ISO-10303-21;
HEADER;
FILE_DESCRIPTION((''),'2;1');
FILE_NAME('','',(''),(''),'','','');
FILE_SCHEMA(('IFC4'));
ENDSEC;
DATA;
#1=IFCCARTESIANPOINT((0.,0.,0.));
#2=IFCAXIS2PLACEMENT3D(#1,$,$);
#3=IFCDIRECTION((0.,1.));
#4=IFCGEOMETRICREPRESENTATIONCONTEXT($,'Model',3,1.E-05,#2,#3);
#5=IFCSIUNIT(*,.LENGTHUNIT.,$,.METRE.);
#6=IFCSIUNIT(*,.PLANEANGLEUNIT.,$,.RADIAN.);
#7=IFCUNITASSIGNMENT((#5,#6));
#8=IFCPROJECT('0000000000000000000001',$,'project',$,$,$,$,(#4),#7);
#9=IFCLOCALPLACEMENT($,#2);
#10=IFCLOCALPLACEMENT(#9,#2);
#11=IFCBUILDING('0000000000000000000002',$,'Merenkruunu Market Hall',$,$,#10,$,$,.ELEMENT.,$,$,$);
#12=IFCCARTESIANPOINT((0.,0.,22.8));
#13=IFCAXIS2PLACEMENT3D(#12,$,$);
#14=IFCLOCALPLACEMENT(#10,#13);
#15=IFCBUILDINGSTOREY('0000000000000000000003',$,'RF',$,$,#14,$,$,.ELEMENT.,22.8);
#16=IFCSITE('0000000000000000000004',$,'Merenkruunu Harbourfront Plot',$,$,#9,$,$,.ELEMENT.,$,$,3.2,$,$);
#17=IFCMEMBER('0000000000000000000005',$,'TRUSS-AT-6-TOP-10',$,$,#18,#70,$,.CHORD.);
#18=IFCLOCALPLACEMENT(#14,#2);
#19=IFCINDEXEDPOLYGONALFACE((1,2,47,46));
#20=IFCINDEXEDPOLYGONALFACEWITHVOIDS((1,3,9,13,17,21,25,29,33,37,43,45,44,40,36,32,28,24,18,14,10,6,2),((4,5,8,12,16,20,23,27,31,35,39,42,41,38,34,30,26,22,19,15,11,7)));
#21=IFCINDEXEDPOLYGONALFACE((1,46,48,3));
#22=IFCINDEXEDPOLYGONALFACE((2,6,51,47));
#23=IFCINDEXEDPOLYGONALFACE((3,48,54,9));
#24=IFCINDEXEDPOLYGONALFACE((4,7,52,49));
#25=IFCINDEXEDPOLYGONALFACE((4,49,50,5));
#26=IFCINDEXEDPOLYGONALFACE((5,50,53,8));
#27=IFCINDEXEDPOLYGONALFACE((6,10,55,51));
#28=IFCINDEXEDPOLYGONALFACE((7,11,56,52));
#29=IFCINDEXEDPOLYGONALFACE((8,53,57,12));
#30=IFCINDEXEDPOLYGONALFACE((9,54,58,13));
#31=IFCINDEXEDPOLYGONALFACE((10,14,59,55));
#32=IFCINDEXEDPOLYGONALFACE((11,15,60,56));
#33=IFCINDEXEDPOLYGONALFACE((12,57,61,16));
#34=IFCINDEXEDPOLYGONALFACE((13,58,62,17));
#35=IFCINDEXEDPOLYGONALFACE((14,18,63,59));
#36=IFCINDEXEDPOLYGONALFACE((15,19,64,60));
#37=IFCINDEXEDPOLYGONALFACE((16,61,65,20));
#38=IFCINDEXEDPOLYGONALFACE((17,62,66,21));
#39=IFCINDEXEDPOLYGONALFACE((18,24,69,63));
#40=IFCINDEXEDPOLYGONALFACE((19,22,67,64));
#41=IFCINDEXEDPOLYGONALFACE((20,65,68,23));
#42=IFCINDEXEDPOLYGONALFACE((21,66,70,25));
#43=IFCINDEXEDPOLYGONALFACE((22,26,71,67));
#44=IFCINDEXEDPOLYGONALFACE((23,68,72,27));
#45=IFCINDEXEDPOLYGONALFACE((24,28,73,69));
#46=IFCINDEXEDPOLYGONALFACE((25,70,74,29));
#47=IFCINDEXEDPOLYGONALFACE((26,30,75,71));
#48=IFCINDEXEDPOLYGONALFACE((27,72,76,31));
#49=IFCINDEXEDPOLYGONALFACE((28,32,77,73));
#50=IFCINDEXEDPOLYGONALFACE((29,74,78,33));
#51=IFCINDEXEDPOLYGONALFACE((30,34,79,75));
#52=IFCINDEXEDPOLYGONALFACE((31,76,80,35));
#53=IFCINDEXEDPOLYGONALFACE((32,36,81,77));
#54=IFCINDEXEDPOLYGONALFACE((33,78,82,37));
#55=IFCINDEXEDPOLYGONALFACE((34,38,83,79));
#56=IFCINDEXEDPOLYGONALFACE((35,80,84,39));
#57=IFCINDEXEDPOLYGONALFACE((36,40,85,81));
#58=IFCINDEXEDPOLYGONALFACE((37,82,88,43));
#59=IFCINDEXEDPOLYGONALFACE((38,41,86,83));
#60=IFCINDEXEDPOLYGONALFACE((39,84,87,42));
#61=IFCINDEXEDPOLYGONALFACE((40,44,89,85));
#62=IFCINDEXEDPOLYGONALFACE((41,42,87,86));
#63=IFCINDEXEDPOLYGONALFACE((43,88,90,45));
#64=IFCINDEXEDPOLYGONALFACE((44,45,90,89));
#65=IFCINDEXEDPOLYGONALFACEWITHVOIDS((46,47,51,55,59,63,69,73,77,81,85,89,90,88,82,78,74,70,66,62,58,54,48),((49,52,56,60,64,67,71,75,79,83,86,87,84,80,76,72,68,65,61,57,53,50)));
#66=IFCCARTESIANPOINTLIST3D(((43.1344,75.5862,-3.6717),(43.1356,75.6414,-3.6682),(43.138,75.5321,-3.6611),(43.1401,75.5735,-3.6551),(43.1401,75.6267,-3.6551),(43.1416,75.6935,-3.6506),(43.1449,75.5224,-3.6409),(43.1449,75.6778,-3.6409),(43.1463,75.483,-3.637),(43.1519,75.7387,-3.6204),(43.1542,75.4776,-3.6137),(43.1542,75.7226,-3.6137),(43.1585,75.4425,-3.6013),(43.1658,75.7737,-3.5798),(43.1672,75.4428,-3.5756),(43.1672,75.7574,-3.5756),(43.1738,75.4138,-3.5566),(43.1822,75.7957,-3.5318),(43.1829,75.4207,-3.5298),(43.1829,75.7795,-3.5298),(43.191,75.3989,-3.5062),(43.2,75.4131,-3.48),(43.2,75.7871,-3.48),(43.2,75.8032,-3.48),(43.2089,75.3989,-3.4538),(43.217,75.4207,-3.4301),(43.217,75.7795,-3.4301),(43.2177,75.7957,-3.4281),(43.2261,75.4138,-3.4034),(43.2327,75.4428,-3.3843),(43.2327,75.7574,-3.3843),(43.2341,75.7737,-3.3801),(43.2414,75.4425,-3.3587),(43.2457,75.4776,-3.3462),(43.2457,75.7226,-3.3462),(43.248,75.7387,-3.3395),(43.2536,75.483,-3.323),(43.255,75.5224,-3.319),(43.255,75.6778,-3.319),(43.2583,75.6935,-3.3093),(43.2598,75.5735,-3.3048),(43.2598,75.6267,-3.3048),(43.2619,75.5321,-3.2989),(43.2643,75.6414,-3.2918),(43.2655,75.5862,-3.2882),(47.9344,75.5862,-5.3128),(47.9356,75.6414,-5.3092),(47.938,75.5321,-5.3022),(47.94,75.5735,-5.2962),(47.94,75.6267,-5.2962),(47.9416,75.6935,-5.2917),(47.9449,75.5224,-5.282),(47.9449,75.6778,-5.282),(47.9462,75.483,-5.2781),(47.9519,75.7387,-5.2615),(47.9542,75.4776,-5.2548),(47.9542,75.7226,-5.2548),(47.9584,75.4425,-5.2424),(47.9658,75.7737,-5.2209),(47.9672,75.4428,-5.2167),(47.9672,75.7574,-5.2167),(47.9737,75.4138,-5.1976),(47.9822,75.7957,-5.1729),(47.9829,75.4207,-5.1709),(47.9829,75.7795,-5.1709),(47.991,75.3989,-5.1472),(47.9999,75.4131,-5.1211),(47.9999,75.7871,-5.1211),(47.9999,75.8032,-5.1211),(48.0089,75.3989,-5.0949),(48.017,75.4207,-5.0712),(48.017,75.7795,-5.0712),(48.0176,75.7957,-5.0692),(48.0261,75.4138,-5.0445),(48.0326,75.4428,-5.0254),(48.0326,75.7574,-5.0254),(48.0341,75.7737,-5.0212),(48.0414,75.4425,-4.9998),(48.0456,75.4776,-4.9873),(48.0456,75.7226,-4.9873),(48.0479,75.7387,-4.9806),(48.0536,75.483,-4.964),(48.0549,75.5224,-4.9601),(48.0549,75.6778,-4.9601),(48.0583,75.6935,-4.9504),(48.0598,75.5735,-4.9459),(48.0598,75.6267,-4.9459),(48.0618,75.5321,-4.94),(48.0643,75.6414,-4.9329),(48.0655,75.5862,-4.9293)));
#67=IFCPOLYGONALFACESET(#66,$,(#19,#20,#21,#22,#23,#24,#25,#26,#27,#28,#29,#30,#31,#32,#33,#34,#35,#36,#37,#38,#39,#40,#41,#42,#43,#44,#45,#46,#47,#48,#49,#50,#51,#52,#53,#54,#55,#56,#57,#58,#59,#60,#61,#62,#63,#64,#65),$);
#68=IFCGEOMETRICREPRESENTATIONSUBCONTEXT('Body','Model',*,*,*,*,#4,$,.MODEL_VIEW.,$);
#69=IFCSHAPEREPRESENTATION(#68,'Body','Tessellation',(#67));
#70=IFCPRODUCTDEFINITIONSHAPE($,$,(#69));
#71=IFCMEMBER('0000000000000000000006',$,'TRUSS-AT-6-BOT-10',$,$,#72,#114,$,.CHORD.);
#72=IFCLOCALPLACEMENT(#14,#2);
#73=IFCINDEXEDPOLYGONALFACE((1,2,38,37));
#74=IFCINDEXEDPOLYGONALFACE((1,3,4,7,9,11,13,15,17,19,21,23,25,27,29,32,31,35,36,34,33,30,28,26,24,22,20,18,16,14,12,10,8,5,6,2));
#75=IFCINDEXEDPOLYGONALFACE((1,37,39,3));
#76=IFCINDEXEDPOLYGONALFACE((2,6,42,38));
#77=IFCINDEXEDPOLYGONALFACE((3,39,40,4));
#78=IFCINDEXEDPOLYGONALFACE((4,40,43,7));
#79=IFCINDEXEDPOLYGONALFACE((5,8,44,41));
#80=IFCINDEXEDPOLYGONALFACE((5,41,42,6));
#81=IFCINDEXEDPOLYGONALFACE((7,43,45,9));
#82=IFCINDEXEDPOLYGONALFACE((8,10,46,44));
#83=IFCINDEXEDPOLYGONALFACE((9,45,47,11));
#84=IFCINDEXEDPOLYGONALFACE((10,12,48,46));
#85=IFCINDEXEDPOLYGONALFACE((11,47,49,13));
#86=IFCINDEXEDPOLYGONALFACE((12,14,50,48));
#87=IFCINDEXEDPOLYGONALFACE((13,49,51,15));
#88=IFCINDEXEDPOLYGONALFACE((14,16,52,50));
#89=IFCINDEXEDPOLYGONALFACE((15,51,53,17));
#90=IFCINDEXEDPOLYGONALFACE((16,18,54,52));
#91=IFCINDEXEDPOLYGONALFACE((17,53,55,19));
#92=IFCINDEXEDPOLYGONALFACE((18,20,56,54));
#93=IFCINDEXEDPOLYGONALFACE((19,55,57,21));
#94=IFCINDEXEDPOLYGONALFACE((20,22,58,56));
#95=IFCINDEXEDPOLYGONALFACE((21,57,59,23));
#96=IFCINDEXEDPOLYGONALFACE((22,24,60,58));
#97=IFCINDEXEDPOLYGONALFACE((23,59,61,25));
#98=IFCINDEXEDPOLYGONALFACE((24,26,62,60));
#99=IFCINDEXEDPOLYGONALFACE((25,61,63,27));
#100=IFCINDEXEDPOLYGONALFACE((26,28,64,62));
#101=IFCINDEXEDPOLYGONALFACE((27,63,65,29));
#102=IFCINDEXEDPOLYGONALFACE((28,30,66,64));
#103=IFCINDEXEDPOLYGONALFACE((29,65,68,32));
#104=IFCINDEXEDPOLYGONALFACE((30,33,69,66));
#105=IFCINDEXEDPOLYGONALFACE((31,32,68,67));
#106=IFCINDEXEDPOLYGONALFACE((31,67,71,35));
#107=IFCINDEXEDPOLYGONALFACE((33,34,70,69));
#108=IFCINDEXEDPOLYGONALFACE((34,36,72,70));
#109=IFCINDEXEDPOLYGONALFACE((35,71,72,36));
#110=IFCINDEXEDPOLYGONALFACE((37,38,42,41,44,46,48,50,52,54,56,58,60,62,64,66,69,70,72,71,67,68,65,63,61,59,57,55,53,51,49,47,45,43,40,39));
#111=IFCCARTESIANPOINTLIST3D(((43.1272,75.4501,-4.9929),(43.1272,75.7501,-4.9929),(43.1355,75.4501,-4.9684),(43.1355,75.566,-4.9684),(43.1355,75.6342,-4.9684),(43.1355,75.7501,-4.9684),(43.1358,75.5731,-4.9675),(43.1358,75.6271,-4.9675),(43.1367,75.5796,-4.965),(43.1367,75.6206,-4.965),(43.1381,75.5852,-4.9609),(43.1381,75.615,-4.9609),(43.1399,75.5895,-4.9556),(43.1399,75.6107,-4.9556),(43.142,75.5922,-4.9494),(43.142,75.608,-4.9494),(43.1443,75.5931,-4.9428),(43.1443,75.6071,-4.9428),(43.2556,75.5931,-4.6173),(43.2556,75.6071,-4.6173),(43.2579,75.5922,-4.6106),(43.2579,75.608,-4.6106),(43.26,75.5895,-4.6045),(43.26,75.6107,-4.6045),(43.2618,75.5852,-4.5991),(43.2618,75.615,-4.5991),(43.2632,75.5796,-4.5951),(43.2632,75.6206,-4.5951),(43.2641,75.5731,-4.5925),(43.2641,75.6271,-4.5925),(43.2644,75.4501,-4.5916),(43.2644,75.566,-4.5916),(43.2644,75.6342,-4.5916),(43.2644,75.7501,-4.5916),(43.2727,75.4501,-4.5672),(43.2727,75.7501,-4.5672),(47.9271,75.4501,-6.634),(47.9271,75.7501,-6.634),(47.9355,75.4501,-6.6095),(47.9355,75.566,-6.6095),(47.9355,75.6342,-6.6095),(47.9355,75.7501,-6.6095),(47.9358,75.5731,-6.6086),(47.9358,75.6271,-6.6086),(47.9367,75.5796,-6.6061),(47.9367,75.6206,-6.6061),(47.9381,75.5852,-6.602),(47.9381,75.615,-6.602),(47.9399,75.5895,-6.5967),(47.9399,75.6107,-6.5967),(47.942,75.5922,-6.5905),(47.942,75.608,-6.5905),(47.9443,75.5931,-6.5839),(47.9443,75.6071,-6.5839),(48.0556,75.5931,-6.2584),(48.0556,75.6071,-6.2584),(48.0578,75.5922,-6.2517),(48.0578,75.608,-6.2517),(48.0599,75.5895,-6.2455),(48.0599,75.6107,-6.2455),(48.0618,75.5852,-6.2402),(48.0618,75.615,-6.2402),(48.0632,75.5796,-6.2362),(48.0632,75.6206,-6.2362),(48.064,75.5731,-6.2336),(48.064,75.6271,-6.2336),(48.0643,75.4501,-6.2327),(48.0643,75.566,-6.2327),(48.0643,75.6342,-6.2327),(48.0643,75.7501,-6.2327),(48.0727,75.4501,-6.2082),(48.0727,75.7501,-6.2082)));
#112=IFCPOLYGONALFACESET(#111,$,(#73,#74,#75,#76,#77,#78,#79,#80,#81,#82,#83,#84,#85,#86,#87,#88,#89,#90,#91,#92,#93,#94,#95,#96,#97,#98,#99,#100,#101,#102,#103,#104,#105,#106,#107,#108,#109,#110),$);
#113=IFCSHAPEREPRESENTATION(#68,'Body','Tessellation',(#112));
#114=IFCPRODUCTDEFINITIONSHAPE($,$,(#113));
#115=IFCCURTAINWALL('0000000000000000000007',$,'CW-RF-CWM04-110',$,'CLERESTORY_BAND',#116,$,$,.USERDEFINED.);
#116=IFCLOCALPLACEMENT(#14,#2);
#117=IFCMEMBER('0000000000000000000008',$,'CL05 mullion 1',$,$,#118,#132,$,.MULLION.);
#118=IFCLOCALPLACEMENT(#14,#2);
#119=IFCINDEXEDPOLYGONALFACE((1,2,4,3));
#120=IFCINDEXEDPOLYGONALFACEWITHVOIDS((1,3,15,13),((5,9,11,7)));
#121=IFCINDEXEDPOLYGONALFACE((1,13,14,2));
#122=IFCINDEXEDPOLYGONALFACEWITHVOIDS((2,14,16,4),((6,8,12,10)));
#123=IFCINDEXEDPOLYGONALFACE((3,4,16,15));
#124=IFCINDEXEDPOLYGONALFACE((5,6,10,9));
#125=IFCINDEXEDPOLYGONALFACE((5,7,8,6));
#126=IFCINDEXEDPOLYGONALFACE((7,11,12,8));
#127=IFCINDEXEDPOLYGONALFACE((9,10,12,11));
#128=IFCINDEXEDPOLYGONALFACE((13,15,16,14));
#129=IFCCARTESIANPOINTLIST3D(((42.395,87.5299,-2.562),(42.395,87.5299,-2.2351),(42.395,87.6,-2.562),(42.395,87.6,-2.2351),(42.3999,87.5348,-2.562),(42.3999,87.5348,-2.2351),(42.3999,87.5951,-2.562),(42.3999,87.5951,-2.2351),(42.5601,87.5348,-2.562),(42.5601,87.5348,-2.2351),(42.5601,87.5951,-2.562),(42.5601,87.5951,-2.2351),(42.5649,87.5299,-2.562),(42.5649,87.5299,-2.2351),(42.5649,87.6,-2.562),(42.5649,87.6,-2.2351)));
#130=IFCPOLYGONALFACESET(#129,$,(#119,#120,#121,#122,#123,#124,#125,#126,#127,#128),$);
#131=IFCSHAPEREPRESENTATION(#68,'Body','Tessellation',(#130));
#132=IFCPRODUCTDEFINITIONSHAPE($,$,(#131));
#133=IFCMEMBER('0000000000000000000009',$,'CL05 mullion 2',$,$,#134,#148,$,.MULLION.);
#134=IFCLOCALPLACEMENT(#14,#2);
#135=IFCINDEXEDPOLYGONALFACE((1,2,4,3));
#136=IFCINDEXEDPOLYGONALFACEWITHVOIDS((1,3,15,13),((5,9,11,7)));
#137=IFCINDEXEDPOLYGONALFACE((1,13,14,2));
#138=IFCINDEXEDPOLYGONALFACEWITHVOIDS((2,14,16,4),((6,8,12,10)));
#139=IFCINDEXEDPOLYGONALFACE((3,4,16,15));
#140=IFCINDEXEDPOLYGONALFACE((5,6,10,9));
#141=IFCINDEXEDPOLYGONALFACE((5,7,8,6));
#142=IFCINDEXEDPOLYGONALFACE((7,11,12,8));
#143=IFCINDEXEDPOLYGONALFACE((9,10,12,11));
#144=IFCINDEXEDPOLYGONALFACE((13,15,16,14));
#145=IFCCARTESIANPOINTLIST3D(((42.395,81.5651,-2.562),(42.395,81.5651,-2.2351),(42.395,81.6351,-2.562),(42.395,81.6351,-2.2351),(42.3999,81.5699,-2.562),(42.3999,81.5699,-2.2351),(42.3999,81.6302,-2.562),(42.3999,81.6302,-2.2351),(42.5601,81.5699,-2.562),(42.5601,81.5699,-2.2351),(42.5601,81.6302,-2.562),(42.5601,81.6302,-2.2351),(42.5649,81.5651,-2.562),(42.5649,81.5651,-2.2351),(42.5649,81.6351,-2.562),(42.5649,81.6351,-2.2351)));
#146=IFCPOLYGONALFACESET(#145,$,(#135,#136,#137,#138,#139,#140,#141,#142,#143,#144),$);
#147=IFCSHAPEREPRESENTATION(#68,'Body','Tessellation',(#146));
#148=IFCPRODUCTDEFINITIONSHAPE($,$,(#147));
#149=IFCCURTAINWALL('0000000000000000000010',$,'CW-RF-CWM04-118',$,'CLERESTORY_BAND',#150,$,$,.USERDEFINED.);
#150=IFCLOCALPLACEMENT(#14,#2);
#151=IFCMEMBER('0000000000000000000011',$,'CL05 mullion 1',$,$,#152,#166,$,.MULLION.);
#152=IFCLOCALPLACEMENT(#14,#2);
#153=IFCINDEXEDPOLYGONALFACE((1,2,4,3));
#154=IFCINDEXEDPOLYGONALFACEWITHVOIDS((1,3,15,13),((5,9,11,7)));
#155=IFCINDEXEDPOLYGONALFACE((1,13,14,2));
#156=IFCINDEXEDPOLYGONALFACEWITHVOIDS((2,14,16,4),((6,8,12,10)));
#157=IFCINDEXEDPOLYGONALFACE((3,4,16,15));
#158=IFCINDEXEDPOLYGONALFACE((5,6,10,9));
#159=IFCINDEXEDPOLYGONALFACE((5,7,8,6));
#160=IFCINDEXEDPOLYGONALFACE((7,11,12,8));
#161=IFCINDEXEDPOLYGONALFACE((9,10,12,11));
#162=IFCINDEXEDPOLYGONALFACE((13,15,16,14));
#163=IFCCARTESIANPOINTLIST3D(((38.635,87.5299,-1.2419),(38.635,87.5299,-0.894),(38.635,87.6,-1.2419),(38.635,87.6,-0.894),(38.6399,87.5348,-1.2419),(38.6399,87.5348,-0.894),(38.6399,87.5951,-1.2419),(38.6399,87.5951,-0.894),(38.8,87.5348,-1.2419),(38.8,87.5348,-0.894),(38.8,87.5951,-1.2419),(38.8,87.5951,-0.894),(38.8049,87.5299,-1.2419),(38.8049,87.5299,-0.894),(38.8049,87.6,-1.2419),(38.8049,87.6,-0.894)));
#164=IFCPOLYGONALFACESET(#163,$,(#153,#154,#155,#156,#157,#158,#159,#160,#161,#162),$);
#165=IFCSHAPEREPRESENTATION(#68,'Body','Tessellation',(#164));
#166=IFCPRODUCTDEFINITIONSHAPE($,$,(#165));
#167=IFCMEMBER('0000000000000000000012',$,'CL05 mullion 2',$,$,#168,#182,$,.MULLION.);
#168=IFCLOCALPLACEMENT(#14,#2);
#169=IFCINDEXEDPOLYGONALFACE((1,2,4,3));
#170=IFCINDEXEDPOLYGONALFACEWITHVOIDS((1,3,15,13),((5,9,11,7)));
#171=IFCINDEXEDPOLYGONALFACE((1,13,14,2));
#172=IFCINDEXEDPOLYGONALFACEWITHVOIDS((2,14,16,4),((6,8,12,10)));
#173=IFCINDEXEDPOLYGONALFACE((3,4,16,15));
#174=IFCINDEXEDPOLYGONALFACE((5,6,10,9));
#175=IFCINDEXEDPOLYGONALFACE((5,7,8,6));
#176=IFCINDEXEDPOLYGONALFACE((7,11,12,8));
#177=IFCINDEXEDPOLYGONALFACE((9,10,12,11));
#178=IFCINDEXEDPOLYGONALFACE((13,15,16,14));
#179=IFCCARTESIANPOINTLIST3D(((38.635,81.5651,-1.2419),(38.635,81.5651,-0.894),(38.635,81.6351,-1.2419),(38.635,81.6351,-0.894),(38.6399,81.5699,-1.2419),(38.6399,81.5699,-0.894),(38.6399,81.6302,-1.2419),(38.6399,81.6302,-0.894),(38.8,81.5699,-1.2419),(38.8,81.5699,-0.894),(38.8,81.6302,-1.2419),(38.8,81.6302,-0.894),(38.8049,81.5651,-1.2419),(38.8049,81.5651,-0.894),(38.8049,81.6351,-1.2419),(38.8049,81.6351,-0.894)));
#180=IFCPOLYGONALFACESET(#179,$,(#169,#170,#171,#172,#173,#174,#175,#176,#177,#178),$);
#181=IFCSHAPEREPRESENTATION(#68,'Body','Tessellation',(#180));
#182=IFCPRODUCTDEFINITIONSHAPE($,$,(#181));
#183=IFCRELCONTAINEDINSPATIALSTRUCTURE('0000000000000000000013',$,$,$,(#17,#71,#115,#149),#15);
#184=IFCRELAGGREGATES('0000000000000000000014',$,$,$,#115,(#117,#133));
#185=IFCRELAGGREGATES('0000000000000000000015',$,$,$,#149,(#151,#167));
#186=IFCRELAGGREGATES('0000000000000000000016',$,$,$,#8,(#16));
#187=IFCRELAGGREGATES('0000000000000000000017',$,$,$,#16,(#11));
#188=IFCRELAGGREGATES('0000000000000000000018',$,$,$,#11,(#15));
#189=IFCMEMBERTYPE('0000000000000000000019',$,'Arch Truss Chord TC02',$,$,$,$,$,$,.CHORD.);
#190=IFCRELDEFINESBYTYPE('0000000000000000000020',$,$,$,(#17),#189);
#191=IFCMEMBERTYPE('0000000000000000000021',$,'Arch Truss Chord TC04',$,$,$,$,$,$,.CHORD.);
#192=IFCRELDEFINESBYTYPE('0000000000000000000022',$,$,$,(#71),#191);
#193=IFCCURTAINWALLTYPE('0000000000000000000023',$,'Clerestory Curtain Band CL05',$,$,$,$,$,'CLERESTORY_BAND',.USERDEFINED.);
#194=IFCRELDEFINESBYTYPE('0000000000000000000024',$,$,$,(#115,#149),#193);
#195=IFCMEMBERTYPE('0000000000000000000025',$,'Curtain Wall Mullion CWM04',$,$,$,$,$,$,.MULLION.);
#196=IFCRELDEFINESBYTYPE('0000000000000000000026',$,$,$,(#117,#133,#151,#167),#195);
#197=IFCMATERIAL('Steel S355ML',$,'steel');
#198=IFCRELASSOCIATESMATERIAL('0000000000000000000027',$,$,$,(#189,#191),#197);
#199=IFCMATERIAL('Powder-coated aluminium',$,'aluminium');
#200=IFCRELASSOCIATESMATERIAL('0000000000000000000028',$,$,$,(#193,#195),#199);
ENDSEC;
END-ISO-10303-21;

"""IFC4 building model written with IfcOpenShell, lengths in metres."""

from ifc_helpers import new_model, si_unit, direction, frame, origin, origin_2d, place, context, subcontext, project, spatial, hollow_rectangle, hollow_circle, i_section, extrude, material, material_profile, profile_set, type_object, element, aggregate, save


model = new_model("IFC4")

# Units and contexts
model_context = context("Model", 3, precision=1e-05, world=origin(), true_north=direction((0.0, 1.0)))
body_context = subcontext(model_context, "Body", "Model", "MODEL_VIEW")
ifc_project = project(units=[si_unit("LENGTHUNIT", "METRE"), si_unit("PLANEANGLEUNIT", "RADIAN")], contexts=[model_context])

# Site, building, storey
site_placement = place(None, origin())
site = spatial("IfcSite", under=ifc_project, at=site_placement, Name="Merenkruunu Harbourfront Plot", CompositionType="ELEMENT", RefElevation=3.2)
building_placement = place(site_placement, origin())
building = spatial("IfcBuilding", under=site, at=building_placement, Name="Merenkruunu Market Hall", CompositionType="ELEMENT")
storey_placement = place(building_placement, frame((0.0, 0.0, 22.8)))
storey = spatial("IfcBuildingStorey", under=building, at=storey_placement, Name="RF", CompositionType="ELEMENT", Elevation=22.8)

# Members
ifc_material_1 = material(Name="Steel S355ML", Category="steel")
ifc_material_profile_1 = material_profile(ifc_material_1, hollow_circle(Radius=0.2031, WallThickness=0.0161, at=origin_2d()), Name="CHS 406.4x16")
ifc_profile_set_1 = profile_set([ifc_material_profile_1], Name="Steel S355ML")
member_type_1 = type_object("IfcMemberType", Name="Arch Truss Chord TC02", PredefinedType="CHORD", material=ifc_profile_set_1)
member_1_placement = place(storey_placement, frame((43.2, 75.6001, -3.48), z_axis=(0.946225, 0.0, -0.32351), x_axis=(0.0, 1.0, 0.0)))
element("IfcMember", 1, at=member_1_placement, inside=storey, type_object=member_type_1, Name="TRUSS-AT-6-TOP-10", PredefinedType="CHORD", context=body_context, shape_type="SweptSolid", body=[
    extrude(hollow_circle(Radius=0.2031, WallThickness=0.0161, at=origin_2d()), origin(), (0.0, 0.0, 1.0), 5.0728),
])
ifc_material_profile_2 = material_profile(ifc_material_1, i_section(OverallWidth=0.3, OverallDepth=0.45, WebThickness=0.0139, FlangeThickness=0.0259, FilletRadius=0.0271, at=origin_2d()), Name="HEB 450")
ifc_profile_set_2 = profile_set([ifc_material_profile_2], Name="Steel S355ML")
member_type_2 = type_object("IfcMemberType", Name="Arch Truss Chord TC04", PredefinedType="CHORD", material=ifc_profile_set_2)
member_2_placement = place(storey_placement, frame((43.2, 75.6001, -4.78), z_axis=(0.946225, 0.0, -0.32351), x_axis=(0.0, 1.0, 0.0)))
element("IfcMember", 2, at=member_2_placement, inside=storey, type_object=member_type_2, Name="TRUSS-AT-6-BOT-10", PredefinedType="CHORD", context=body_context, shape_type="SweptSolid", body=[
    extrude(i_section(OverallWidth=0.3, OverallDepth=0.45, WebThickness=0.0139, FlangeThickness=0.0259, FilletRadius=0.0271, at=origin_2d()), origin(), (0.0, 0.0, 1.0), 5.0728),
])

# Curtain walls, members
ifc_material_2 = material(Name="Powder-coated aluminium", Category="aluminium")
curtain_wall_type = type_object("IfcCurtainWallType", Name="Clerestory Curtain Band CL05", ElementType="CLERESTORY_BAND", PredefinedType="USERDEFINED", material=ifc_material_2)
curtain_wall_1_placement = place(storey_placement, origin())
curtain_wall_1 = element("IfcCurtainWall", 3, at=curtain_wall_1_placement, inside=storey, type_object=curtain_wall_type, Name="CW-RF-CWM04-110", ObjectType="CLERESTORY_BAND", PredefinedType="USERDEFINED")
ifc_material_profile_3 = material_profile(ifc_material_2, hollow_rectangle(XDim=0.0701, YDim=0.1699, WallThickness=0.0049, at=origin_2d()), Name="ALU 70x170x5")
ifc_profile_set_3 = profile_set([ifc_material_profile_3], Name="Powder-coated aluminium")
member_type_3 = type_object("IfcMemberType", Name="Curtain Wall Mullion CWM04", PredefinedType="MULLION", material=ifc_profile_set_3)
member_3_placement = place(storey_placement, frame((42.48, 87.5649, -2.562), z_axis=(0.0, 0.0, 1.0), x_axis=(0.0, -1.0, 0.0)))
member_3 = element("IfcMember", 4, at=member_3_placement, type_object=member_type_3, Name="CL05 mullion 1", PredefinedType="MULLION", context=body_context, shape_type="SweptSolid", body=[
    extrude(hollow_rectangle(XDim=0.0701, YDim=0.1699, WallThickness=0.0049, at=origin_2d()), origin(), (0.0, 0.0, 1.0), 0.3269),
])
member_4_placement = place(storey_placement, frame((42.48, 81.6001, -2.562), z_axis=(0.0, 0.0, 1.0), x_axis=(0.0, -1.0, 0.0)))
member_4 = element("IfcMember", 5, at=member_4_placement, type_object=member_type_3, Name="CL05 mullion 2", PredefinedType="MULLION", context=body_context, shape_type="SweptSolid", body=[
    extrude(hollow_rectangle(XDim=0.0701, YDim=0.1699, WallThickness=0.0049, at=origin_2d()), origin(), (0.0, 0.0, 1.0), 0.3269),
])
curtain_wall_2_placement = place(storey_placement, origin())
curtain_wall_2 = element("IfcCurtainWall", 6, at=curtain_wall_2_placement, inside=storey, type_object=curtain_wall_type, Name="CW-RF-CWM04-118", ObjectType="CLERESTORY_BAND", PredefinedType="USERDEFINED")
member_5_placement = place(storey_placement, frame((38.72, 87.5649, -1.2419), z_axis=(0.0, 0.0, 1.0), x_axis=(0.0, -1.0, 0.0)))
member_5 = element("IfcMember", 7, at=member_5_placement, type_object=member_type_3, Name="CL05 mullion 1", PredefinedType="MULLION", context=body_context, shape_type="SweptSolid", body=[
    extrude(hollow_rectangle(XDim=0.0701, YDim=0.1699, WallThickness=0.0049, at=origin_2d()), origin(), (0.0, 0.0, 1.0), 0.3479),
])
member_6_placement = place(storey_placement, frame((38.72, 81.6001, -1.2419), z_axis=(0.0, 0.0, 1.0), x_axis=(0.0, -1.0, 0.0)))
member_6 = element("IfcMember", 8, at=member_6_placement, type_object=member_type_3, Name="CL05 mullion 2", PredefinedType="MULLION", context=body_context, shape_type="SweptSolid", body=[
    extrude(hollow_rectangle(XDim=0.0701, YDim=0.1699, WallThickness=0.0049, at=origin_2d()), origin(), (0.0, 0.0, 1.0), 0.3479),
])

aggregate(curtain_wall_1, [member_3, member_4])
aggregate(curtain_wall_2, [member_5, member_6])

save(model, "model.ifc")
